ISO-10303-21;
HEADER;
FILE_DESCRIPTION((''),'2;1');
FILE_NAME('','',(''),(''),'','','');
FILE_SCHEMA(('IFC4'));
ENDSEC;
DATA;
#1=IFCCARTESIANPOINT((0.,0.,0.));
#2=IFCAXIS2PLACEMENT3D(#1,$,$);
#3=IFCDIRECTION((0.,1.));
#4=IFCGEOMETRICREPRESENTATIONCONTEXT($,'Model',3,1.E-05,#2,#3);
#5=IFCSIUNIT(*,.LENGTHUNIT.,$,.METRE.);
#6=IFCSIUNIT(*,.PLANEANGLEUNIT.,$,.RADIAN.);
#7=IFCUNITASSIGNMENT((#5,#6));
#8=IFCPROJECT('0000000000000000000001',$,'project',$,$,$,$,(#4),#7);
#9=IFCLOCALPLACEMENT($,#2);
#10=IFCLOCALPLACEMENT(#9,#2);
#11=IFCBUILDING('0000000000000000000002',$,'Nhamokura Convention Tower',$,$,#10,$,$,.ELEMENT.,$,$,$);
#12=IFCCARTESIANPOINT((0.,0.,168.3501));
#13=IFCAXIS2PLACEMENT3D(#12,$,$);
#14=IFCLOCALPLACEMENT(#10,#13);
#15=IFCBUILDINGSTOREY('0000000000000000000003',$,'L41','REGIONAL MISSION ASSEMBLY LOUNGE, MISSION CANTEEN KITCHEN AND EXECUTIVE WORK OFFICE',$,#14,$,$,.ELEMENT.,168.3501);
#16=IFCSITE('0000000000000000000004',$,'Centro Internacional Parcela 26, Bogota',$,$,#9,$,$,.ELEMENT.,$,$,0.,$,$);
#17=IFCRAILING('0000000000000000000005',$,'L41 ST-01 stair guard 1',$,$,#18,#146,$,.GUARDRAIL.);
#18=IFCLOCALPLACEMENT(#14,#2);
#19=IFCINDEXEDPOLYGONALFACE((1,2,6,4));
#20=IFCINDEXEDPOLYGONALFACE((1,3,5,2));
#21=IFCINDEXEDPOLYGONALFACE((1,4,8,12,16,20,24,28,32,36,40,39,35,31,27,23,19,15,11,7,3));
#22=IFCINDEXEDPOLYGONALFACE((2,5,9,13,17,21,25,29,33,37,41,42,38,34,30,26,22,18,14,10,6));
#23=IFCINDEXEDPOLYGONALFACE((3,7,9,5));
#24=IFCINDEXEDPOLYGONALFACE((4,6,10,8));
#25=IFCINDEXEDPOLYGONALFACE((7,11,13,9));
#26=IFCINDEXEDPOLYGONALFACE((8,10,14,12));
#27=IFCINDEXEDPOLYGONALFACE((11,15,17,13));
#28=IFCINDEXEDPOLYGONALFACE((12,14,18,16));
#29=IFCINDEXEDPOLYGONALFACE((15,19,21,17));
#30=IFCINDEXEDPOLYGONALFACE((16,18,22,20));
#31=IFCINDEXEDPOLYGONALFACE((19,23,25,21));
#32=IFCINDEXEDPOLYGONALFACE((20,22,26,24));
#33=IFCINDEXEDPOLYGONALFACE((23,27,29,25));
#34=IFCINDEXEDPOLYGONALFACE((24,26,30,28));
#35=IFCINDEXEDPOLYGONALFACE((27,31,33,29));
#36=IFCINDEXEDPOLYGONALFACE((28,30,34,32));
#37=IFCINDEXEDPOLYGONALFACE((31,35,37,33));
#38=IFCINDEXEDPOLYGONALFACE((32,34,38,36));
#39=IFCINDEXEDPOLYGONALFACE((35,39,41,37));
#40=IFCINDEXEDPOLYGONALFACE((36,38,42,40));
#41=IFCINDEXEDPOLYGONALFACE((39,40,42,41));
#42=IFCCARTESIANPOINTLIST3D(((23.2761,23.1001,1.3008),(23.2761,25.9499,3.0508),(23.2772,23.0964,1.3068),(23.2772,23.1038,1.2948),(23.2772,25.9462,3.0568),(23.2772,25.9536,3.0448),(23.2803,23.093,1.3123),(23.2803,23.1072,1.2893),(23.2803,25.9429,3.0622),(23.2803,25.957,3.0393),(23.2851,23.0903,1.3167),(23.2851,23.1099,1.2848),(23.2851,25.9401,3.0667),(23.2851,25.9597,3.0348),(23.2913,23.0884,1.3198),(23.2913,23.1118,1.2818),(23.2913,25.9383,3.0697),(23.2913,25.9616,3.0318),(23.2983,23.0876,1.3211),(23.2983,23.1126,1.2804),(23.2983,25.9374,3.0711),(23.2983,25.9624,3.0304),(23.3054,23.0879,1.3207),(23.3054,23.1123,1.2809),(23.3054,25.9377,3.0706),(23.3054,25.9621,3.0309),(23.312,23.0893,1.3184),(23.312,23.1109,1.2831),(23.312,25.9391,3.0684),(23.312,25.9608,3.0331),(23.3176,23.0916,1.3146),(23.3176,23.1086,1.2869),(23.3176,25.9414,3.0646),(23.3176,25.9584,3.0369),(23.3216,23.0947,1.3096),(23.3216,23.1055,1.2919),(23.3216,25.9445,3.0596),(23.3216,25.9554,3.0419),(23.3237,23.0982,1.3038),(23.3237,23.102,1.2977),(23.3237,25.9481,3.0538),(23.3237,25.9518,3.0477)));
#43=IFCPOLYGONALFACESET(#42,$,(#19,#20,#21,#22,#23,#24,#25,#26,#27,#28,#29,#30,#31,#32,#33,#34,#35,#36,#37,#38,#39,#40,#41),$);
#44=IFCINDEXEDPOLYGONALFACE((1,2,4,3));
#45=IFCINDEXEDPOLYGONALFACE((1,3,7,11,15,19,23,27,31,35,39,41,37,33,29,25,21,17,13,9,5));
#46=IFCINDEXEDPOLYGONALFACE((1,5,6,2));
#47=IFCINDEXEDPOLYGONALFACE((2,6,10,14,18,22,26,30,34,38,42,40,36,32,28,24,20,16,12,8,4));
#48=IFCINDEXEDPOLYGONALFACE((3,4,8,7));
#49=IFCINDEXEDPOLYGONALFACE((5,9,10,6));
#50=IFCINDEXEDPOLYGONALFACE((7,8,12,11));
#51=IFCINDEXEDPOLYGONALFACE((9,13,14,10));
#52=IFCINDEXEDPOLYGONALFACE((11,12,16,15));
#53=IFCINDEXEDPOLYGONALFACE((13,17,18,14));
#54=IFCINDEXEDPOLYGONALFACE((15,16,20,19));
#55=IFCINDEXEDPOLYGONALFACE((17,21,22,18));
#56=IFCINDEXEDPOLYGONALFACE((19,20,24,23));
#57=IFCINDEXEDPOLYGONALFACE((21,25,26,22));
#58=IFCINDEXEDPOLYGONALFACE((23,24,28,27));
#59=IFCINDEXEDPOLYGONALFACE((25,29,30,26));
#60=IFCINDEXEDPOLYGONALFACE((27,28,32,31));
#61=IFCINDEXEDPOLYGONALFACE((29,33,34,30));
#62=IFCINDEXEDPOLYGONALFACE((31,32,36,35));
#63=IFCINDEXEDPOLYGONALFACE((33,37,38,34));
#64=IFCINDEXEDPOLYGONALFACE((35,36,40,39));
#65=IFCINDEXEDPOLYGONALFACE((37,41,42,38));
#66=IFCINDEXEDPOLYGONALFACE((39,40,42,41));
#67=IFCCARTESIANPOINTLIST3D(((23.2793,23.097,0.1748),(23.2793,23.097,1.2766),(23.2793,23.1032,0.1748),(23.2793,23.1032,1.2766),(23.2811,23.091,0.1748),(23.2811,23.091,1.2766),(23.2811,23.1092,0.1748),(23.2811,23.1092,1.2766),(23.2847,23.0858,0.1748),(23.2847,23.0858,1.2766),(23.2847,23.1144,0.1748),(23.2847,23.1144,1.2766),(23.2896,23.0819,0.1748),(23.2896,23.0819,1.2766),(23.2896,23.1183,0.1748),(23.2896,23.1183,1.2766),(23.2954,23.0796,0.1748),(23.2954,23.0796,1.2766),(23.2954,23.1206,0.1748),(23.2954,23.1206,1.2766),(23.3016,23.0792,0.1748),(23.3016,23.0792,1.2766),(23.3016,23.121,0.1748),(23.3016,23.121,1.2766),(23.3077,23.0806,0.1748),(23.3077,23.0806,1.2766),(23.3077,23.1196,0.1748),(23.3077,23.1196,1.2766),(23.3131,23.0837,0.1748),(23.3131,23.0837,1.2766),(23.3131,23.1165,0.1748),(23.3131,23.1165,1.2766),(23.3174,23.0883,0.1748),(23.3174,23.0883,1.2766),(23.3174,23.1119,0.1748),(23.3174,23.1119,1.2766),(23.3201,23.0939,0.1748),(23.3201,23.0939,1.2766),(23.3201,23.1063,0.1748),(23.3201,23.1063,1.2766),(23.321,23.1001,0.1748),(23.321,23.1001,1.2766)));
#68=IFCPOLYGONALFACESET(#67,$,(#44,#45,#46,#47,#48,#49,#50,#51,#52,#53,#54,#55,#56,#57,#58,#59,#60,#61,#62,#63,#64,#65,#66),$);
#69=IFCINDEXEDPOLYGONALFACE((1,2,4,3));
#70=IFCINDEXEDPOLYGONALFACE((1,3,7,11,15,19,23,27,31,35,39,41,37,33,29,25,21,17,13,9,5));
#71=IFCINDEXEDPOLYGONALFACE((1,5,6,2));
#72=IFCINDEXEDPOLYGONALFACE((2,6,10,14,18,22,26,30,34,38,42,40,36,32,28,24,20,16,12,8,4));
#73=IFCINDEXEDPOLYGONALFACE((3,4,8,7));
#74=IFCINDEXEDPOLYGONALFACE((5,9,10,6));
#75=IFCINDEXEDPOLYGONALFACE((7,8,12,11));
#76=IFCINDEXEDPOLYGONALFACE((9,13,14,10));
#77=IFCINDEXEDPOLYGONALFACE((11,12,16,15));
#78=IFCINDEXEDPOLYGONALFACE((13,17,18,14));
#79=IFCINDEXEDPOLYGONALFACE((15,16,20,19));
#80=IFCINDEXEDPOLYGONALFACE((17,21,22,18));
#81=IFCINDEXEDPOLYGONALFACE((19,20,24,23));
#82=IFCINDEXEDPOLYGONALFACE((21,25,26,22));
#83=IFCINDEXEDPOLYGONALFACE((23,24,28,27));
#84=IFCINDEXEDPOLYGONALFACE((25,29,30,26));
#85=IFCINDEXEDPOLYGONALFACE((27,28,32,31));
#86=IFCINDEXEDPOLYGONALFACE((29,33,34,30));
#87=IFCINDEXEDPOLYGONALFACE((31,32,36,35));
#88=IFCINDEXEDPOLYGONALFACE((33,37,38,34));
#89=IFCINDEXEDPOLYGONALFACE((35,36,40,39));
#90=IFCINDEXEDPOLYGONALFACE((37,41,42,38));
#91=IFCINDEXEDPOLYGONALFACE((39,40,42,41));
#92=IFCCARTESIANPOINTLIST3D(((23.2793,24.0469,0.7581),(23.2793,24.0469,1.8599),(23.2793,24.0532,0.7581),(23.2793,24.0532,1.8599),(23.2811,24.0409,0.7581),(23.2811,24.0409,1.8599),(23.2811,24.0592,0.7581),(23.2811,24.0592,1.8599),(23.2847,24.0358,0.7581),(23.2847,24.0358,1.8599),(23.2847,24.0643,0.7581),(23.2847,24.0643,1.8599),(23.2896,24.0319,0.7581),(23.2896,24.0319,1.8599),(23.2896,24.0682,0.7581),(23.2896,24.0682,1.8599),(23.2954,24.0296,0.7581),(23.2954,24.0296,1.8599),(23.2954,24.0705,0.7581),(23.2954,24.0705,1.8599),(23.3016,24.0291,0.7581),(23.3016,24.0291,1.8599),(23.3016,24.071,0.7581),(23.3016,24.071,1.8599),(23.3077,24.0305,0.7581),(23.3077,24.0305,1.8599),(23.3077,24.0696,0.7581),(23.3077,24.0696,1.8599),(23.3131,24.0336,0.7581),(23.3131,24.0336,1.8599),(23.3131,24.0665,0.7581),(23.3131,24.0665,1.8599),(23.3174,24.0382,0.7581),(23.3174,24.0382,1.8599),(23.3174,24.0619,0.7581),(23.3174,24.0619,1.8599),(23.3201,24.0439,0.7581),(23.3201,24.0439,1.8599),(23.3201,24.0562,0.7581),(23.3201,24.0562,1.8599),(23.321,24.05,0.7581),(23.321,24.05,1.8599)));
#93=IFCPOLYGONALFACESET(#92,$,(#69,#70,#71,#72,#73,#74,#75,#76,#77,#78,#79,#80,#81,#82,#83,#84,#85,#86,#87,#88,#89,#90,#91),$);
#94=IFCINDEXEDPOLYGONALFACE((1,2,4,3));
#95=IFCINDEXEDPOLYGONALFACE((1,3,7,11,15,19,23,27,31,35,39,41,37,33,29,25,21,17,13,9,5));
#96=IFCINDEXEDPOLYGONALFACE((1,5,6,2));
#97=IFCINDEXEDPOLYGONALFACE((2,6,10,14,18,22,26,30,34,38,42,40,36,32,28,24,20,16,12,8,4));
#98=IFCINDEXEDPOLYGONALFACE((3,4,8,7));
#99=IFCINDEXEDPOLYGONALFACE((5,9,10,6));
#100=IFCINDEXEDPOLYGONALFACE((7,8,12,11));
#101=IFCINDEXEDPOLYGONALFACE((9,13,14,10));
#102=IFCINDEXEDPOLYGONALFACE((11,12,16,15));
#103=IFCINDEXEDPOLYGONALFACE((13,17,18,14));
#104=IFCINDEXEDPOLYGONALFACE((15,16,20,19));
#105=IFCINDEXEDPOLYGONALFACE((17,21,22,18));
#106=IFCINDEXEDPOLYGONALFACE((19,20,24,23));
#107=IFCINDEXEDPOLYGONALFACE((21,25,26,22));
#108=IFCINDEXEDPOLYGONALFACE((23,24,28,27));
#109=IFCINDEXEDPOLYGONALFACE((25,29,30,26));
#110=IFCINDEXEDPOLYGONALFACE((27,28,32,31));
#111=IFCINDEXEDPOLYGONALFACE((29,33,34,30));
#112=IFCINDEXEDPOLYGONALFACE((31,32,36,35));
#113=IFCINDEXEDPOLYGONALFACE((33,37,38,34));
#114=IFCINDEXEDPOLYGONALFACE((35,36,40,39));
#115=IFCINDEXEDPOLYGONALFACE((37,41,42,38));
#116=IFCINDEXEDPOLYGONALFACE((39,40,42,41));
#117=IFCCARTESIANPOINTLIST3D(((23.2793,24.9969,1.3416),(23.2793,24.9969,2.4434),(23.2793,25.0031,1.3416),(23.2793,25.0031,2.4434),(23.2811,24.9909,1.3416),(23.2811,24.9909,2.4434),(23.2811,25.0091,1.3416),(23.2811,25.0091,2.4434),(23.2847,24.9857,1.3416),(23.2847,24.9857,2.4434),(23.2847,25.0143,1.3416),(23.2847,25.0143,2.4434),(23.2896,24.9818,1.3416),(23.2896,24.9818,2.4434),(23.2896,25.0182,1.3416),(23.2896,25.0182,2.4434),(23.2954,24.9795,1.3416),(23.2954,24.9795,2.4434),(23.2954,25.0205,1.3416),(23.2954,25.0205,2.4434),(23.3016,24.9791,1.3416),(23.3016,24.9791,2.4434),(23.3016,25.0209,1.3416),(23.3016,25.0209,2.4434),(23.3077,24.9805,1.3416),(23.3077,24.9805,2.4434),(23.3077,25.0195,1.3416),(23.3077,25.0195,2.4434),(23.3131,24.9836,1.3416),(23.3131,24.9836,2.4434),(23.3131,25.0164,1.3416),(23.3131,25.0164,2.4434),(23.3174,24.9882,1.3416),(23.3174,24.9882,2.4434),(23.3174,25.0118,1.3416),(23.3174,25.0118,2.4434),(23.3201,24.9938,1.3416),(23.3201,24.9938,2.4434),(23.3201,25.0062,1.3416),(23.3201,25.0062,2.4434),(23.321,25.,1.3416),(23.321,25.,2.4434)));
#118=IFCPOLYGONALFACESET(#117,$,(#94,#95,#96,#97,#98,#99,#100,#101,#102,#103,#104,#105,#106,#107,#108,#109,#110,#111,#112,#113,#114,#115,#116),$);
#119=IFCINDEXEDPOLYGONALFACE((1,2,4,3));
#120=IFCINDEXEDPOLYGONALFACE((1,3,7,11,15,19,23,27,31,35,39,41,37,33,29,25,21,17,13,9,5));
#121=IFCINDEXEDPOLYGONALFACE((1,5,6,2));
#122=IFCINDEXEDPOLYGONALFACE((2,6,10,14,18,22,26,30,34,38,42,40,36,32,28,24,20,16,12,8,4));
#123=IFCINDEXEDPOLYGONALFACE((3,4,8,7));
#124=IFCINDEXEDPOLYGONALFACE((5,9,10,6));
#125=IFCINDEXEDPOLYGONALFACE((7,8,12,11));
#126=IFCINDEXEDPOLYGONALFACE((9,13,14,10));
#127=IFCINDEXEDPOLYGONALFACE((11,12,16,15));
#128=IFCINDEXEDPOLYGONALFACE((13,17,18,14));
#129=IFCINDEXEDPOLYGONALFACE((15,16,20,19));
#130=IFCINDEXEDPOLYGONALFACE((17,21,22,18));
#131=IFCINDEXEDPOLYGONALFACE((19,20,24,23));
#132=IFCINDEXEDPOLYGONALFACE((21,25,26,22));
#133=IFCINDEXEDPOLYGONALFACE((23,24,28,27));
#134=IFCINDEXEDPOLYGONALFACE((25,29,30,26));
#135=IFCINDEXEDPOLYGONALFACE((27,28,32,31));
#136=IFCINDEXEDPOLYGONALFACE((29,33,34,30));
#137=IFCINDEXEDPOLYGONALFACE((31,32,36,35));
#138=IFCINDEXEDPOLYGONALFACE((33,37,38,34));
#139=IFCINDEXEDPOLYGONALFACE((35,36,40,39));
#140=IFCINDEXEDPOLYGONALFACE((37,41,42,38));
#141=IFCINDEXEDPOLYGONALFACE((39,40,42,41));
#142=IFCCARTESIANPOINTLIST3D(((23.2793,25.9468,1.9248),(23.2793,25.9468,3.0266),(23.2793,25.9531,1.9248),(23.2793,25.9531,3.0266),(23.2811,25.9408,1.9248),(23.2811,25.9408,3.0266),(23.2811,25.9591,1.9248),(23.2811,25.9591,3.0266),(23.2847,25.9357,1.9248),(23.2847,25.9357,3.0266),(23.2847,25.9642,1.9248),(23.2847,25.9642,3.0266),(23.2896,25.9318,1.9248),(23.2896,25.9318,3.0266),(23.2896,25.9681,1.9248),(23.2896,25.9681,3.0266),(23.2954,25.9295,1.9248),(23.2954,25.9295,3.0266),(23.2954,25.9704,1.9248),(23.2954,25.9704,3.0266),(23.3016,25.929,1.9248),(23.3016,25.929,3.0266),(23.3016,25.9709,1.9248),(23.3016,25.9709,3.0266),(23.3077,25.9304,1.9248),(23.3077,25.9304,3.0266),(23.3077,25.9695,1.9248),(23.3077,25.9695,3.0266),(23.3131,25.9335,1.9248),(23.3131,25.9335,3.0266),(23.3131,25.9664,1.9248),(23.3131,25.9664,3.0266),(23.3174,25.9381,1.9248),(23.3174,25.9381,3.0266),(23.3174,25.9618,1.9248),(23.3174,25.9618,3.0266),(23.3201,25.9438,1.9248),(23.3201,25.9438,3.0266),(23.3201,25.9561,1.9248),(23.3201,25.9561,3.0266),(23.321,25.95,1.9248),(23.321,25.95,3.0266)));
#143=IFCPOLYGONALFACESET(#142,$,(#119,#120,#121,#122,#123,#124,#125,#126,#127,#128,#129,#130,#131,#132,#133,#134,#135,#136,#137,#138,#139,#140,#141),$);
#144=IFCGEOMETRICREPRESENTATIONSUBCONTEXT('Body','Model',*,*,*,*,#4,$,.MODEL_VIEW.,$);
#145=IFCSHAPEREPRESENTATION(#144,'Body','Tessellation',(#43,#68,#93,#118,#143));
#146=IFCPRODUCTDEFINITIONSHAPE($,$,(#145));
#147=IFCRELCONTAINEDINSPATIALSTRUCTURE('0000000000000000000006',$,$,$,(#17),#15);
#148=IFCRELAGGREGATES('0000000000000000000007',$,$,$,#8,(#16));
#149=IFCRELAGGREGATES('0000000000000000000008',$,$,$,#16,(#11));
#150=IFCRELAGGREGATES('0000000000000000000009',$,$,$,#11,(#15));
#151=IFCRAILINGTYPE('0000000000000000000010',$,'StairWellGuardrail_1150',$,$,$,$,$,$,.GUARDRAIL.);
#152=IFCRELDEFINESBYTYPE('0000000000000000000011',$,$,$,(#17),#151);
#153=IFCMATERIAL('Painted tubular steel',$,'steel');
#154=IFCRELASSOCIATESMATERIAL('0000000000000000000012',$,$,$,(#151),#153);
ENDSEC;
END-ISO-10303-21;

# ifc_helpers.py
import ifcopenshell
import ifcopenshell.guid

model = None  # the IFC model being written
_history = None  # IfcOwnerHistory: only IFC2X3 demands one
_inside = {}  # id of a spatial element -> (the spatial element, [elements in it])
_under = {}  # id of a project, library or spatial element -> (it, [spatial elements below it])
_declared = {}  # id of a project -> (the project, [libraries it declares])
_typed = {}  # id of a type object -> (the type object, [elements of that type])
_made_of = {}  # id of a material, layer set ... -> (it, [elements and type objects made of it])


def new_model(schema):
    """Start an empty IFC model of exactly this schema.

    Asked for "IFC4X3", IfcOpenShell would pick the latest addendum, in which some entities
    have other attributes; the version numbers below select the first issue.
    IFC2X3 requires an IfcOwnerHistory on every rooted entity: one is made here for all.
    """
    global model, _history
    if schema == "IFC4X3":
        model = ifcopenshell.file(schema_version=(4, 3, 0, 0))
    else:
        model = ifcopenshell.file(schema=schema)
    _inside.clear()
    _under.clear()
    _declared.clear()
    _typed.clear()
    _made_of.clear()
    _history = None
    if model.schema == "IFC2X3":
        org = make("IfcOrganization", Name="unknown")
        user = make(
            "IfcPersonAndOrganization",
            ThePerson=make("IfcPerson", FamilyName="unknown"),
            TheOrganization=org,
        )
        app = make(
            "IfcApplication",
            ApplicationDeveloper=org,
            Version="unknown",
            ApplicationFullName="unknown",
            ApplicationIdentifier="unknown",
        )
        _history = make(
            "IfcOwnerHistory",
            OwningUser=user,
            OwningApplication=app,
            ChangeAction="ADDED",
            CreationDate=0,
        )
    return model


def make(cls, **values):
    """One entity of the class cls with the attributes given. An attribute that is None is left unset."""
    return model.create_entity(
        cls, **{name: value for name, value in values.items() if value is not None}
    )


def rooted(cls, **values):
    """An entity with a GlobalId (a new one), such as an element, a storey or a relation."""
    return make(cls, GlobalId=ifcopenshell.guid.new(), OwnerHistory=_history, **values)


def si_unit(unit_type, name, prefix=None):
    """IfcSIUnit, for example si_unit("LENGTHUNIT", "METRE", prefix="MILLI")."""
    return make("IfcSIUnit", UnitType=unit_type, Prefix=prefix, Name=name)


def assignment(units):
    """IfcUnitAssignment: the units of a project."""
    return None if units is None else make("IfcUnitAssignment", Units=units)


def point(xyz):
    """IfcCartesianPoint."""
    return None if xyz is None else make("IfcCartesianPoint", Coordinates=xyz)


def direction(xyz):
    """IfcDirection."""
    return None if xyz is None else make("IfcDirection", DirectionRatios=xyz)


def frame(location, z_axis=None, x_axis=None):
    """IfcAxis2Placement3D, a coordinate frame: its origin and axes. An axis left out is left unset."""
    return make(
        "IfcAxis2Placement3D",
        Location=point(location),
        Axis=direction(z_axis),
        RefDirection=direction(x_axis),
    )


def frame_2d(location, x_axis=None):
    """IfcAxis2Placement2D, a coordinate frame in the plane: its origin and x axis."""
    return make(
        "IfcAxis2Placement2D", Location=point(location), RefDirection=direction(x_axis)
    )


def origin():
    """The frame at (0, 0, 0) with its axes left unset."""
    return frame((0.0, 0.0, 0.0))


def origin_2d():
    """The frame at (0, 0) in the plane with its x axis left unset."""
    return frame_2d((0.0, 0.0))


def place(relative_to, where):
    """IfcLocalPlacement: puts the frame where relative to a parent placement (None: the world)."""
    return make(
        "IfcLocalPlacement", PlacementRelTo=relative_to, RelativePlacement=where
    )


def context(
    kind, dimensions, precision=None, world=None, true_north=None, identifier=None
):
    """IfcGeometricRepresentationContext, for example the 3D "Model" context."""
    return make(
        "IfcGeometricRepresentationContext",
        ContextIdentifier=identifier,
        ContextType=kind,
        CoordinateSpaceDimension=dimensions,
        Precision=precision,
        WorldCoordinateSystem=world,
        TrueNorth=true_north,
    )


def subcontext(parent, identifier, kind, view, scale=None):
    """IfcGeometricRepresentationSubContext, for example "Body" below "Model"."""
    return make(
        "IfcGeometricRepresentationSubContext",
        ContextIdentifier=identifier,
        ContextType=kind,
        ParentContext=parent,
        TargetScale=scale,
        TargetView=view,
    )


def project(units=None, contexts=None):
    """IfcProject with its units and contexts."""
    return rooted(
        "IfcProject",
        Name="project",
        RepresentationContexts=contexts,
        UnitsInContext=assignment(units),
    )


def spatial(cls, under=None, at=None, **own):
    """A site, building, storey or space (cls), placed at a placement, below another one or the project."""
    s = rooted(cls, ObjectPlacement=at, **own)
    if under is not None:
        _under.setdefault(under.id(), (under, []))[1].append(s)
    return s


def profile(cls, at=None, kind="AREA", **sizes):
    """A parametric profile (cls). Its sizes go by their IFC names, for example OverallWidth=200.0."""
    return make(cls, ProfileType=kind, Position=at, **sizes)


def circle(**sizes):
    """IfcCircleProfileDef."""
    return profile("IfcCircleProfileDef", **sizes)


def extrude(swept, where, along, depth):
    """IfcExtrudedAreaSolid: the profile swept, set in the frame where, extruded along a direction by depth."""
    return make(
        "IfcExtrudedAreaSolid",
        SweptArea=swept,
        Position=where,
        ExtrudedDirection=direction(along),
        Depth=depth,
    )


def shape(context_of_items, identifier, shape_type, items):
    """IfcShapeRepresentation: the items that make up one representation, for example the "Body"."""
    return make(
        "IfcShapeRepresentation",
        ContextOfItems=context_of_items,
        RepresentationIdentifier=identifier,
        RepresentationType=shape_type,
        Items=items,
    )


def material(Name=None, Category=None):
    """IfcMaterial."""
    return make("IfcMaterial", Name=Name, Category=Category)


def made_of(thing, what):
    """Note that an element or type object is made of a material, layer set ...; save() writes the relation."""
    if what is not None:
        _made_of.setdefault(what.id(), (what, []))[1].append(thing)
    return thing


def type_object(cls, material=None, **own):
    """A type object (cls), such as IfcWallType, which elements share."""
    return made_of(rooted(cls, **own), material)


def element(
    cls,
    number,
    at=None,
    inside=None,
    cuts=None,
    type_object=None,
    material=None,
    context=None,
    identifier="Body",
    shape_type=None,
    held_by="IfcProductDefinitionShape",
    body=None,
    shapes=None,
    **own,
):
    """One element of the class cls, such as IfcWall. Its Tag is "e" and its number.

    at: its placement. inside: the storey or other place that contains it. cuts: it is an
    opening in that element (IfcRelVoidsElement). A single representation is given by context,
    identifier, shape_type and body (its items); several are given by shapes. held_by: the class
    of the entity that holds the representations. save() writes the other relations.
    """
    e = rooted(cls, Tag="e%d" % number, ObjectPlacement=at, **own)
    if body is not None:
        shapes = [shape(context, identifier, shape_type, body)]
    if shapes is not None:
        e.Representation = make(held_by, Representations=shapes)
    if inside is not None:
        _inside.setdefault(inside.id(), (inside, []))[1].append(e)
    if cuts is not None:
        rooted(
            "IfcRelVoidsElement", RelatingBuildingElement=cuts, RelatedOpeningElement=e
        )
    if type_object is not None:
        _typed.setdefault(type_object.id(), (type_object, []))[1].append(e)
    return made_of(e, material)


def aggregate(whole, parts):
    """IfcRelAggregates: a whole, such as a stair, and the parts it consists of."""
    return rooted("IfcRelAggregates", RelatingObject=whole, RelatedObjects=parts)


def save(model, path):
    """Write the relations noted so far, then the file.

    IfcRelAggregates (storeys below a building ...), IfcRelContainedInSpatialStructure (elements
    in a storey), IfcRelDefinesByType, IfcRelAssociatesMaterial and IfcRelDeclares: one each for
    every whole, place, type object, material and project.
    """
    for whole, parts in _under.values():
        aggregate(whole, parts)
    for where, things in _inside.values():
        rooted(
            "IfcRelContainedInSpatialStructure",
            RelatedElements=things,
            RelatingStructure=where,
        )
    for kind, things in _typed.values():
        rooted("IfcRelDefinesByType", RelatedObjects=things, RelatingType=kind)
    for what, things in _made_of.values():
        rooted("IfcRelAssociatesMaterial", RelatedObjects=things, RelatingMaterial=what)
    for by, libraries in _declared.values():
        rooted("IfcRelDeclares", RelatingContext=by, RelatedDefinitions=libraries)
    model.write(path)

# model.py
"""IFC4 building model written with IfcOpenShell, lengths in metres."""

from ifc_helpers import new_model, si_unit, direction, frame, origin, origin_2d, place, context, subcontext, project, spatial, circle, extrude, material, type_object, element, save


model = new_model("IFC4")

# Units and contexts
model_context = context("Model", 3, precision=1e-05, world=origin(), true_north=direction((0.0, 1.0)))
body_context = subcontext(model_context, "Body", "Model", "MODEL_VIEW")
ifc_project = project(units=[si_unit("LENGTHUNIT", "METRE"), si_unit("PLANEANGLEUNIT", "RADIAN")], contexts=[model_context])

# Site, building, storey
site_placement = place(None, origin())
site = spatial("IfcSite", under=ifc_project, at=site_placement, Name="Centro Internacional Parcela 26, Bogota", CompositionType="ELEMENT", RefElevation=0.0)
building_placement = place(site_placement, origin())
building = spatial("IfcBuilding", under=site, at=building_placement, Name="Nhamokura Convention Tower", CompositionType="ELEMENT")
storey_placement = place(building_placement, frame((0.0, 0.0, 168.3501)))
storey = spatial("IfcBuildingStorey", under=building, at=storey_placement, Name="L41", Description="REGIONAL MISSION ASSEMBLY LOUNGE, MISSION CANTEEN KITCHEN AND EXECUTIVE WORK OFFICE", CompositionType="ELEMENT", Elevation=168.3501)

# Railing
ifc_material_1 = material(Name="Painted tubular steel", Category="steel")
railing_type_1 = type_object("IfcRailingType", Name="StairWellGuardrail_1150", PredefinedType="GUARDRAIL", material=ifc_material_1)
railing_1_placement = place(storey_placement, frame((23.3, 23.1001, 0.1748)))
element("IfcRailing", 1, at=railing_1_placement, inside=storey, type_object=railing_type_1, Name="L41 ST-01 stair guard 1", PredefinedType="GUARDRAIL", context=body_context, shape_type="SweptSolid", body=[
    extrude(circle(Radius=0.0239, at=origin_2d()), frame((0.0, 0.0, 1.126), z_axis=(0.0, 0.852159, 0.523283), x_axis=(-1.0, 0.0, 0.0)), (0.0, 0.0, 1.0), 3.3442),
    extrude(circle(Radius=0.021, at=origin_2d()), origin(), (0.0, 0.0, 1.0), 1.1018),
    extrude(circle(Radius=0.021, at=origin_2d()), frame((0.0, 0.95, 0.5833)), (0.0, 0.0, 1.0), 1.1018),
    extrude(circle(Radius=0.021, at=origin_2d()), frame((0.0, 1.8999, 1.1667)), (0.0, 0.0, 1.0), 1.1018),
    extrude(circle(Radius=0.021, at=origin_2d()), frame((0.0, 2.8499, 1.75)), (0.0, 0.0, 1.0), 1.1018),
])

save(model, "model.ifc")
